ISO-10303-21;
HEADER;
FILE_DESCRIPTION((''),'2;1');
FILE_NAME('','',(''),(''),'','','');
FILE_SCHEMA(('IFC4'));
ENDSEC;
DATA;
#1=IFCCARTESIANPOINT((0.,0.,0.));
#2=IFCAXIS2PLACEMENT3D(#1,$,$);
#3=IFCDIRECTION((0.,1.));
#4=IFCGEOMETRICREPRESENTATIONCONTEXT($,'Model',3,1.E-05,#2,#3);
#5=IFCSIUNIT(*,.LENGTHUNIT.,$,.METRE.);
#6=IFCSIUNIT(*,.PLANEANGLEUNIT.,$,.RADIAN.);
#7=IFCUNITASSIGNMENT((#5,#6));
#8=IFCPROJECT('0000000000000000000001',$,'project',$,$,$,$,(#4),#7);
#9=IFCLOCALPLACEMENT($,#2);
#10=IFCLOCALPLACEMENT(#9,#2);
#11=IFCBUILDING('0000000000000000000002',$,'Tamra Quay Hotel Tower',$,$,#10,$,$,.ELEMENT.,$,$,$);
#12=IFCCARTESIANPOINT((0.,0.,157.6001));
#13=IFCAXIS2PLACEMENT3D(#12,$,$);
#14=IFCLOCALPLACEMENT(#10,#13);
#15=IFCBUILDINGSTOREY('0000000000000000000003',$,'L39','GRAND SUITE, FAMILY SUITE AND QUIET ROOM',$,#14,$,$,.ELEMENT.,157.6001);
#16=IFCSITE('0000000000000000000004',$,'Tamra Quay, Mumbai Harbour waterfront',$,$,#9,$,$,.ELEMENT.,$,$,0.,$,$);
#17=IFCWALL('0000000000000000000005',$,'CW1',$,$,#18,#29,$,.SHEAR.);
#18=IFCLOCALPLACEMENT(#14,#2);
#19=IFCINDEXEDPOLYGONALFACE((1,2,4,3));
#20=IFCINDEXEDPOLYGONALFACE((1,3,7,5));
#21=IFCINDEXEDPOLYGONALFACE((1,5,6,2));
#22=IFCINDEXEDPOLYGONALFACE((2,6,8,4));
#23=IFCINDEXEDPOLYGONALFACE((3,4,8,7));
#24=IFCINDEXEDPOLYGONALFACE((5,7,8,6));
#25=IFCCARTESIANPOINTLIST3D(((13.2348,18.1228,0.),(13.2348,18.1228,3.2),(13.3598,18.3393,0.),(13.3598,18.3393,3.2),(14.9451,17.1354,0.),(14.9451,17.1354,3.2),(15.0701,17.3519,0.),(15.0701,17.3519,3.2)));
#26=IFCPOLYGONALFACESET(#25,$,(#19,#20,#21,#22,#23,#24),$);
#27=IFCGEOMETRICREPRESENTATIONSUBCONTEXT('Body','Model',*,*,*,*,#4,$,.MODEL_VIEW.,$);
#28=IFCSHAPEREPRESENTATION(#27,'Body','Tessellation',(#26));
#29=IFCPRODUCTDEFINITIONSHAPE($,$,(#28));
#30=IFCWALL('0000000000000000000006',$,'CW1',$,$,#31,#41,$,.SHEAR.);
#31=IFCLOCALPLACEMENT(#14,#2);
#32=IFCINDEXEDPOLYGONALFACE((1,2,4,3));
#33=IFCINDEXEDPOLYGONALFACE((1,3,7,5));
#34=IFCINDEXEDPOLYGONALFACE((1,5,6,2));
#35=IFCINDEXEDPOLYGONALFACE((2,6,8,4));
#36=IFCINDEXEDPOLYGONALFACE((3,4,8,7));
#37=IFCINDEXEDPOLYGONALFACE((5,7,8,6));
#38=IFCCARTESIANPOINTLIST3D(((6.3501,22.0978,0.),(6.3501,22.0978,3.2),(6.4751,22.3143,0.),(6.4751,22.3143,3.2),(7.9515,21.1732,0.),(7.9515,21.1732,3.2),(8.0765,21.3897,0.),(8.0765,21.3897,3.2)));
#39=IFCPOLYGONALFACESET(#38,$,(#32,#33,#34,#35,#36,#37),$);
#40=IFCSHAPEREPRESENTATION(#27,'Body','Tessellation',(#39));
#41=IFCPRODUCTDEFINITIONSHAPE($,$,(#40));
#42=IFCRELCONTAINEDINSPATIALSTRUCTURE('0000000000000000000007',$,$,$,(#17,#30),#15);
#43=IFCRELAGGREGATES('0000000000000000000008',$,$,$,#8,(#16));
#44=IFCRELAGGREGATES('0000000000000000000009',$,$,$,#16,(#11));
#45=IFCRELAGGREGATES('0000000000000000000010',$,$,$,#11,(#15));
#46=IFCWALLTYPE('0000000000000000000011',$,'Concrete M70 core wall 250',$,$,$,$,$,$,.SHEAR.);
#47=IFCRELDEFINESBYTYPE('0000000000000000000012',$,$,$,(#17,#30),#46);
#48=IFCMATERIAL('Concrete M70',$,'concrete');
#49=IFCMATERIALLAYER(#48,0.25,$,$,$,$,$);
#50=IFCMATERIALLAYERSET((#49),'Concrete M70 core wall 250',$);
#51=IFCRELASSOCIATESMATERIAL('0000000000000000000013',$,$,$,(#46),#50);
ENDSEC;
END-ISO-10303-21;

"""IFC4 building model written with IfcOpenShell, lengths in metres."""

from ifc_helpers import new_model, si_unit, direction, frame, frame_2d, origin, place, context, subcontext, project, spatial, rectangle, extrude, material, layer, layer_set, type_object, element, save


model = new_model("IFC4")

# Units and contexts
model_context = context("Model", 3, precision=1e-05, world=origin(), true_north=direction((0.0, 1.0)))
body_context = subcontext(model_context, "Body", "Model", "MODEL_VIEW")
ifc_project = project(units=[si_unit("LENGTHUNIT", "METRE"), si_unit("PLANEANGLEUNIT", "RADIAN")], contexts=[model_context])

# Site, building, storey
site_placement = place(None, origin())
site = spatial("IfcSite", under=ifc_project, at=site_placement, Name="Tamra Quay, Mumbai Harbour waterfront", CompositionType="ELEMENT", RefElevation=0.0)
building_placement = place(site_placement, origin())
building = spatial("IfcBuilding", under=site, at=building_placement, Name="Tamra Quay Hotel Tower", CompositionType="ELEMENT")
storey_placement = place(building_placement, frame((0.0, 0.0, 157.6001)))
storey = spatial("IfcBuildingStorey", under=building, at=storey_placement, Name="L39", Description="GRAND SUITE, FAMILY SUITE AND QUIET ROOM", CompositionType="ELEMENT", Elevation=157.6001)

# Shared definitions
ifc_material_1 = material(Name="Concrete M70", Category="concrete")

# Walls
ifc_layer_1 = layer(ifc_material_1, 0.25)
ifc_layer_set_1 = layer_set([ifc_layer_1], Name="Concrete M70 core wall 250")
wall_type_1 = type_object("IfcWallType", Name="Concrete M70 core wall 250", PredefinedType="SHEAR", material=ifc_layer_set_1)
wall_1_placement = place(storey_placement, frame((13.2974, 18.231, 0.0), z_axis=(0.0, 0.0, 1.0), x_axis=(0.866044, -0.499969, 0.0)))
element("IfcWall", 1, at=wall_1_placement, inside=storey, type_object=wall_type_1, Name="CW1", PredefinedType="SHEAR", context=body_context, shape_type="SweptSolid", body=[
    extrude(rectangle(XDim=1.9749, YDim=0.25, at=frame_2d((0.9873, 0.0))), origin(), (0.0, 0.0, 1.0), 3.2),
])
wall_2_placement = place(storey_placement, frame((6.4126, 22.2061, 0.0), z_axis=(0.0, 0.0, 1.0), x_axis=(0.866016, -0.500016, 0.0)))
element("IfcWall", 2, at=wall_2_placement, inside=storey, type_object=wall_type_1, Name="CW1", PredefinedType="SHEAR", context=body_context, shape_type="SweptSolid", body=[
    extrude(rectangle(XDim=1.8491, YDim=0.25, at=frame_2d((0.9246, 0.0))), origin(), (0.0, 0.0, 1.0), 3.2),
])

save(model, "model.ifc")
